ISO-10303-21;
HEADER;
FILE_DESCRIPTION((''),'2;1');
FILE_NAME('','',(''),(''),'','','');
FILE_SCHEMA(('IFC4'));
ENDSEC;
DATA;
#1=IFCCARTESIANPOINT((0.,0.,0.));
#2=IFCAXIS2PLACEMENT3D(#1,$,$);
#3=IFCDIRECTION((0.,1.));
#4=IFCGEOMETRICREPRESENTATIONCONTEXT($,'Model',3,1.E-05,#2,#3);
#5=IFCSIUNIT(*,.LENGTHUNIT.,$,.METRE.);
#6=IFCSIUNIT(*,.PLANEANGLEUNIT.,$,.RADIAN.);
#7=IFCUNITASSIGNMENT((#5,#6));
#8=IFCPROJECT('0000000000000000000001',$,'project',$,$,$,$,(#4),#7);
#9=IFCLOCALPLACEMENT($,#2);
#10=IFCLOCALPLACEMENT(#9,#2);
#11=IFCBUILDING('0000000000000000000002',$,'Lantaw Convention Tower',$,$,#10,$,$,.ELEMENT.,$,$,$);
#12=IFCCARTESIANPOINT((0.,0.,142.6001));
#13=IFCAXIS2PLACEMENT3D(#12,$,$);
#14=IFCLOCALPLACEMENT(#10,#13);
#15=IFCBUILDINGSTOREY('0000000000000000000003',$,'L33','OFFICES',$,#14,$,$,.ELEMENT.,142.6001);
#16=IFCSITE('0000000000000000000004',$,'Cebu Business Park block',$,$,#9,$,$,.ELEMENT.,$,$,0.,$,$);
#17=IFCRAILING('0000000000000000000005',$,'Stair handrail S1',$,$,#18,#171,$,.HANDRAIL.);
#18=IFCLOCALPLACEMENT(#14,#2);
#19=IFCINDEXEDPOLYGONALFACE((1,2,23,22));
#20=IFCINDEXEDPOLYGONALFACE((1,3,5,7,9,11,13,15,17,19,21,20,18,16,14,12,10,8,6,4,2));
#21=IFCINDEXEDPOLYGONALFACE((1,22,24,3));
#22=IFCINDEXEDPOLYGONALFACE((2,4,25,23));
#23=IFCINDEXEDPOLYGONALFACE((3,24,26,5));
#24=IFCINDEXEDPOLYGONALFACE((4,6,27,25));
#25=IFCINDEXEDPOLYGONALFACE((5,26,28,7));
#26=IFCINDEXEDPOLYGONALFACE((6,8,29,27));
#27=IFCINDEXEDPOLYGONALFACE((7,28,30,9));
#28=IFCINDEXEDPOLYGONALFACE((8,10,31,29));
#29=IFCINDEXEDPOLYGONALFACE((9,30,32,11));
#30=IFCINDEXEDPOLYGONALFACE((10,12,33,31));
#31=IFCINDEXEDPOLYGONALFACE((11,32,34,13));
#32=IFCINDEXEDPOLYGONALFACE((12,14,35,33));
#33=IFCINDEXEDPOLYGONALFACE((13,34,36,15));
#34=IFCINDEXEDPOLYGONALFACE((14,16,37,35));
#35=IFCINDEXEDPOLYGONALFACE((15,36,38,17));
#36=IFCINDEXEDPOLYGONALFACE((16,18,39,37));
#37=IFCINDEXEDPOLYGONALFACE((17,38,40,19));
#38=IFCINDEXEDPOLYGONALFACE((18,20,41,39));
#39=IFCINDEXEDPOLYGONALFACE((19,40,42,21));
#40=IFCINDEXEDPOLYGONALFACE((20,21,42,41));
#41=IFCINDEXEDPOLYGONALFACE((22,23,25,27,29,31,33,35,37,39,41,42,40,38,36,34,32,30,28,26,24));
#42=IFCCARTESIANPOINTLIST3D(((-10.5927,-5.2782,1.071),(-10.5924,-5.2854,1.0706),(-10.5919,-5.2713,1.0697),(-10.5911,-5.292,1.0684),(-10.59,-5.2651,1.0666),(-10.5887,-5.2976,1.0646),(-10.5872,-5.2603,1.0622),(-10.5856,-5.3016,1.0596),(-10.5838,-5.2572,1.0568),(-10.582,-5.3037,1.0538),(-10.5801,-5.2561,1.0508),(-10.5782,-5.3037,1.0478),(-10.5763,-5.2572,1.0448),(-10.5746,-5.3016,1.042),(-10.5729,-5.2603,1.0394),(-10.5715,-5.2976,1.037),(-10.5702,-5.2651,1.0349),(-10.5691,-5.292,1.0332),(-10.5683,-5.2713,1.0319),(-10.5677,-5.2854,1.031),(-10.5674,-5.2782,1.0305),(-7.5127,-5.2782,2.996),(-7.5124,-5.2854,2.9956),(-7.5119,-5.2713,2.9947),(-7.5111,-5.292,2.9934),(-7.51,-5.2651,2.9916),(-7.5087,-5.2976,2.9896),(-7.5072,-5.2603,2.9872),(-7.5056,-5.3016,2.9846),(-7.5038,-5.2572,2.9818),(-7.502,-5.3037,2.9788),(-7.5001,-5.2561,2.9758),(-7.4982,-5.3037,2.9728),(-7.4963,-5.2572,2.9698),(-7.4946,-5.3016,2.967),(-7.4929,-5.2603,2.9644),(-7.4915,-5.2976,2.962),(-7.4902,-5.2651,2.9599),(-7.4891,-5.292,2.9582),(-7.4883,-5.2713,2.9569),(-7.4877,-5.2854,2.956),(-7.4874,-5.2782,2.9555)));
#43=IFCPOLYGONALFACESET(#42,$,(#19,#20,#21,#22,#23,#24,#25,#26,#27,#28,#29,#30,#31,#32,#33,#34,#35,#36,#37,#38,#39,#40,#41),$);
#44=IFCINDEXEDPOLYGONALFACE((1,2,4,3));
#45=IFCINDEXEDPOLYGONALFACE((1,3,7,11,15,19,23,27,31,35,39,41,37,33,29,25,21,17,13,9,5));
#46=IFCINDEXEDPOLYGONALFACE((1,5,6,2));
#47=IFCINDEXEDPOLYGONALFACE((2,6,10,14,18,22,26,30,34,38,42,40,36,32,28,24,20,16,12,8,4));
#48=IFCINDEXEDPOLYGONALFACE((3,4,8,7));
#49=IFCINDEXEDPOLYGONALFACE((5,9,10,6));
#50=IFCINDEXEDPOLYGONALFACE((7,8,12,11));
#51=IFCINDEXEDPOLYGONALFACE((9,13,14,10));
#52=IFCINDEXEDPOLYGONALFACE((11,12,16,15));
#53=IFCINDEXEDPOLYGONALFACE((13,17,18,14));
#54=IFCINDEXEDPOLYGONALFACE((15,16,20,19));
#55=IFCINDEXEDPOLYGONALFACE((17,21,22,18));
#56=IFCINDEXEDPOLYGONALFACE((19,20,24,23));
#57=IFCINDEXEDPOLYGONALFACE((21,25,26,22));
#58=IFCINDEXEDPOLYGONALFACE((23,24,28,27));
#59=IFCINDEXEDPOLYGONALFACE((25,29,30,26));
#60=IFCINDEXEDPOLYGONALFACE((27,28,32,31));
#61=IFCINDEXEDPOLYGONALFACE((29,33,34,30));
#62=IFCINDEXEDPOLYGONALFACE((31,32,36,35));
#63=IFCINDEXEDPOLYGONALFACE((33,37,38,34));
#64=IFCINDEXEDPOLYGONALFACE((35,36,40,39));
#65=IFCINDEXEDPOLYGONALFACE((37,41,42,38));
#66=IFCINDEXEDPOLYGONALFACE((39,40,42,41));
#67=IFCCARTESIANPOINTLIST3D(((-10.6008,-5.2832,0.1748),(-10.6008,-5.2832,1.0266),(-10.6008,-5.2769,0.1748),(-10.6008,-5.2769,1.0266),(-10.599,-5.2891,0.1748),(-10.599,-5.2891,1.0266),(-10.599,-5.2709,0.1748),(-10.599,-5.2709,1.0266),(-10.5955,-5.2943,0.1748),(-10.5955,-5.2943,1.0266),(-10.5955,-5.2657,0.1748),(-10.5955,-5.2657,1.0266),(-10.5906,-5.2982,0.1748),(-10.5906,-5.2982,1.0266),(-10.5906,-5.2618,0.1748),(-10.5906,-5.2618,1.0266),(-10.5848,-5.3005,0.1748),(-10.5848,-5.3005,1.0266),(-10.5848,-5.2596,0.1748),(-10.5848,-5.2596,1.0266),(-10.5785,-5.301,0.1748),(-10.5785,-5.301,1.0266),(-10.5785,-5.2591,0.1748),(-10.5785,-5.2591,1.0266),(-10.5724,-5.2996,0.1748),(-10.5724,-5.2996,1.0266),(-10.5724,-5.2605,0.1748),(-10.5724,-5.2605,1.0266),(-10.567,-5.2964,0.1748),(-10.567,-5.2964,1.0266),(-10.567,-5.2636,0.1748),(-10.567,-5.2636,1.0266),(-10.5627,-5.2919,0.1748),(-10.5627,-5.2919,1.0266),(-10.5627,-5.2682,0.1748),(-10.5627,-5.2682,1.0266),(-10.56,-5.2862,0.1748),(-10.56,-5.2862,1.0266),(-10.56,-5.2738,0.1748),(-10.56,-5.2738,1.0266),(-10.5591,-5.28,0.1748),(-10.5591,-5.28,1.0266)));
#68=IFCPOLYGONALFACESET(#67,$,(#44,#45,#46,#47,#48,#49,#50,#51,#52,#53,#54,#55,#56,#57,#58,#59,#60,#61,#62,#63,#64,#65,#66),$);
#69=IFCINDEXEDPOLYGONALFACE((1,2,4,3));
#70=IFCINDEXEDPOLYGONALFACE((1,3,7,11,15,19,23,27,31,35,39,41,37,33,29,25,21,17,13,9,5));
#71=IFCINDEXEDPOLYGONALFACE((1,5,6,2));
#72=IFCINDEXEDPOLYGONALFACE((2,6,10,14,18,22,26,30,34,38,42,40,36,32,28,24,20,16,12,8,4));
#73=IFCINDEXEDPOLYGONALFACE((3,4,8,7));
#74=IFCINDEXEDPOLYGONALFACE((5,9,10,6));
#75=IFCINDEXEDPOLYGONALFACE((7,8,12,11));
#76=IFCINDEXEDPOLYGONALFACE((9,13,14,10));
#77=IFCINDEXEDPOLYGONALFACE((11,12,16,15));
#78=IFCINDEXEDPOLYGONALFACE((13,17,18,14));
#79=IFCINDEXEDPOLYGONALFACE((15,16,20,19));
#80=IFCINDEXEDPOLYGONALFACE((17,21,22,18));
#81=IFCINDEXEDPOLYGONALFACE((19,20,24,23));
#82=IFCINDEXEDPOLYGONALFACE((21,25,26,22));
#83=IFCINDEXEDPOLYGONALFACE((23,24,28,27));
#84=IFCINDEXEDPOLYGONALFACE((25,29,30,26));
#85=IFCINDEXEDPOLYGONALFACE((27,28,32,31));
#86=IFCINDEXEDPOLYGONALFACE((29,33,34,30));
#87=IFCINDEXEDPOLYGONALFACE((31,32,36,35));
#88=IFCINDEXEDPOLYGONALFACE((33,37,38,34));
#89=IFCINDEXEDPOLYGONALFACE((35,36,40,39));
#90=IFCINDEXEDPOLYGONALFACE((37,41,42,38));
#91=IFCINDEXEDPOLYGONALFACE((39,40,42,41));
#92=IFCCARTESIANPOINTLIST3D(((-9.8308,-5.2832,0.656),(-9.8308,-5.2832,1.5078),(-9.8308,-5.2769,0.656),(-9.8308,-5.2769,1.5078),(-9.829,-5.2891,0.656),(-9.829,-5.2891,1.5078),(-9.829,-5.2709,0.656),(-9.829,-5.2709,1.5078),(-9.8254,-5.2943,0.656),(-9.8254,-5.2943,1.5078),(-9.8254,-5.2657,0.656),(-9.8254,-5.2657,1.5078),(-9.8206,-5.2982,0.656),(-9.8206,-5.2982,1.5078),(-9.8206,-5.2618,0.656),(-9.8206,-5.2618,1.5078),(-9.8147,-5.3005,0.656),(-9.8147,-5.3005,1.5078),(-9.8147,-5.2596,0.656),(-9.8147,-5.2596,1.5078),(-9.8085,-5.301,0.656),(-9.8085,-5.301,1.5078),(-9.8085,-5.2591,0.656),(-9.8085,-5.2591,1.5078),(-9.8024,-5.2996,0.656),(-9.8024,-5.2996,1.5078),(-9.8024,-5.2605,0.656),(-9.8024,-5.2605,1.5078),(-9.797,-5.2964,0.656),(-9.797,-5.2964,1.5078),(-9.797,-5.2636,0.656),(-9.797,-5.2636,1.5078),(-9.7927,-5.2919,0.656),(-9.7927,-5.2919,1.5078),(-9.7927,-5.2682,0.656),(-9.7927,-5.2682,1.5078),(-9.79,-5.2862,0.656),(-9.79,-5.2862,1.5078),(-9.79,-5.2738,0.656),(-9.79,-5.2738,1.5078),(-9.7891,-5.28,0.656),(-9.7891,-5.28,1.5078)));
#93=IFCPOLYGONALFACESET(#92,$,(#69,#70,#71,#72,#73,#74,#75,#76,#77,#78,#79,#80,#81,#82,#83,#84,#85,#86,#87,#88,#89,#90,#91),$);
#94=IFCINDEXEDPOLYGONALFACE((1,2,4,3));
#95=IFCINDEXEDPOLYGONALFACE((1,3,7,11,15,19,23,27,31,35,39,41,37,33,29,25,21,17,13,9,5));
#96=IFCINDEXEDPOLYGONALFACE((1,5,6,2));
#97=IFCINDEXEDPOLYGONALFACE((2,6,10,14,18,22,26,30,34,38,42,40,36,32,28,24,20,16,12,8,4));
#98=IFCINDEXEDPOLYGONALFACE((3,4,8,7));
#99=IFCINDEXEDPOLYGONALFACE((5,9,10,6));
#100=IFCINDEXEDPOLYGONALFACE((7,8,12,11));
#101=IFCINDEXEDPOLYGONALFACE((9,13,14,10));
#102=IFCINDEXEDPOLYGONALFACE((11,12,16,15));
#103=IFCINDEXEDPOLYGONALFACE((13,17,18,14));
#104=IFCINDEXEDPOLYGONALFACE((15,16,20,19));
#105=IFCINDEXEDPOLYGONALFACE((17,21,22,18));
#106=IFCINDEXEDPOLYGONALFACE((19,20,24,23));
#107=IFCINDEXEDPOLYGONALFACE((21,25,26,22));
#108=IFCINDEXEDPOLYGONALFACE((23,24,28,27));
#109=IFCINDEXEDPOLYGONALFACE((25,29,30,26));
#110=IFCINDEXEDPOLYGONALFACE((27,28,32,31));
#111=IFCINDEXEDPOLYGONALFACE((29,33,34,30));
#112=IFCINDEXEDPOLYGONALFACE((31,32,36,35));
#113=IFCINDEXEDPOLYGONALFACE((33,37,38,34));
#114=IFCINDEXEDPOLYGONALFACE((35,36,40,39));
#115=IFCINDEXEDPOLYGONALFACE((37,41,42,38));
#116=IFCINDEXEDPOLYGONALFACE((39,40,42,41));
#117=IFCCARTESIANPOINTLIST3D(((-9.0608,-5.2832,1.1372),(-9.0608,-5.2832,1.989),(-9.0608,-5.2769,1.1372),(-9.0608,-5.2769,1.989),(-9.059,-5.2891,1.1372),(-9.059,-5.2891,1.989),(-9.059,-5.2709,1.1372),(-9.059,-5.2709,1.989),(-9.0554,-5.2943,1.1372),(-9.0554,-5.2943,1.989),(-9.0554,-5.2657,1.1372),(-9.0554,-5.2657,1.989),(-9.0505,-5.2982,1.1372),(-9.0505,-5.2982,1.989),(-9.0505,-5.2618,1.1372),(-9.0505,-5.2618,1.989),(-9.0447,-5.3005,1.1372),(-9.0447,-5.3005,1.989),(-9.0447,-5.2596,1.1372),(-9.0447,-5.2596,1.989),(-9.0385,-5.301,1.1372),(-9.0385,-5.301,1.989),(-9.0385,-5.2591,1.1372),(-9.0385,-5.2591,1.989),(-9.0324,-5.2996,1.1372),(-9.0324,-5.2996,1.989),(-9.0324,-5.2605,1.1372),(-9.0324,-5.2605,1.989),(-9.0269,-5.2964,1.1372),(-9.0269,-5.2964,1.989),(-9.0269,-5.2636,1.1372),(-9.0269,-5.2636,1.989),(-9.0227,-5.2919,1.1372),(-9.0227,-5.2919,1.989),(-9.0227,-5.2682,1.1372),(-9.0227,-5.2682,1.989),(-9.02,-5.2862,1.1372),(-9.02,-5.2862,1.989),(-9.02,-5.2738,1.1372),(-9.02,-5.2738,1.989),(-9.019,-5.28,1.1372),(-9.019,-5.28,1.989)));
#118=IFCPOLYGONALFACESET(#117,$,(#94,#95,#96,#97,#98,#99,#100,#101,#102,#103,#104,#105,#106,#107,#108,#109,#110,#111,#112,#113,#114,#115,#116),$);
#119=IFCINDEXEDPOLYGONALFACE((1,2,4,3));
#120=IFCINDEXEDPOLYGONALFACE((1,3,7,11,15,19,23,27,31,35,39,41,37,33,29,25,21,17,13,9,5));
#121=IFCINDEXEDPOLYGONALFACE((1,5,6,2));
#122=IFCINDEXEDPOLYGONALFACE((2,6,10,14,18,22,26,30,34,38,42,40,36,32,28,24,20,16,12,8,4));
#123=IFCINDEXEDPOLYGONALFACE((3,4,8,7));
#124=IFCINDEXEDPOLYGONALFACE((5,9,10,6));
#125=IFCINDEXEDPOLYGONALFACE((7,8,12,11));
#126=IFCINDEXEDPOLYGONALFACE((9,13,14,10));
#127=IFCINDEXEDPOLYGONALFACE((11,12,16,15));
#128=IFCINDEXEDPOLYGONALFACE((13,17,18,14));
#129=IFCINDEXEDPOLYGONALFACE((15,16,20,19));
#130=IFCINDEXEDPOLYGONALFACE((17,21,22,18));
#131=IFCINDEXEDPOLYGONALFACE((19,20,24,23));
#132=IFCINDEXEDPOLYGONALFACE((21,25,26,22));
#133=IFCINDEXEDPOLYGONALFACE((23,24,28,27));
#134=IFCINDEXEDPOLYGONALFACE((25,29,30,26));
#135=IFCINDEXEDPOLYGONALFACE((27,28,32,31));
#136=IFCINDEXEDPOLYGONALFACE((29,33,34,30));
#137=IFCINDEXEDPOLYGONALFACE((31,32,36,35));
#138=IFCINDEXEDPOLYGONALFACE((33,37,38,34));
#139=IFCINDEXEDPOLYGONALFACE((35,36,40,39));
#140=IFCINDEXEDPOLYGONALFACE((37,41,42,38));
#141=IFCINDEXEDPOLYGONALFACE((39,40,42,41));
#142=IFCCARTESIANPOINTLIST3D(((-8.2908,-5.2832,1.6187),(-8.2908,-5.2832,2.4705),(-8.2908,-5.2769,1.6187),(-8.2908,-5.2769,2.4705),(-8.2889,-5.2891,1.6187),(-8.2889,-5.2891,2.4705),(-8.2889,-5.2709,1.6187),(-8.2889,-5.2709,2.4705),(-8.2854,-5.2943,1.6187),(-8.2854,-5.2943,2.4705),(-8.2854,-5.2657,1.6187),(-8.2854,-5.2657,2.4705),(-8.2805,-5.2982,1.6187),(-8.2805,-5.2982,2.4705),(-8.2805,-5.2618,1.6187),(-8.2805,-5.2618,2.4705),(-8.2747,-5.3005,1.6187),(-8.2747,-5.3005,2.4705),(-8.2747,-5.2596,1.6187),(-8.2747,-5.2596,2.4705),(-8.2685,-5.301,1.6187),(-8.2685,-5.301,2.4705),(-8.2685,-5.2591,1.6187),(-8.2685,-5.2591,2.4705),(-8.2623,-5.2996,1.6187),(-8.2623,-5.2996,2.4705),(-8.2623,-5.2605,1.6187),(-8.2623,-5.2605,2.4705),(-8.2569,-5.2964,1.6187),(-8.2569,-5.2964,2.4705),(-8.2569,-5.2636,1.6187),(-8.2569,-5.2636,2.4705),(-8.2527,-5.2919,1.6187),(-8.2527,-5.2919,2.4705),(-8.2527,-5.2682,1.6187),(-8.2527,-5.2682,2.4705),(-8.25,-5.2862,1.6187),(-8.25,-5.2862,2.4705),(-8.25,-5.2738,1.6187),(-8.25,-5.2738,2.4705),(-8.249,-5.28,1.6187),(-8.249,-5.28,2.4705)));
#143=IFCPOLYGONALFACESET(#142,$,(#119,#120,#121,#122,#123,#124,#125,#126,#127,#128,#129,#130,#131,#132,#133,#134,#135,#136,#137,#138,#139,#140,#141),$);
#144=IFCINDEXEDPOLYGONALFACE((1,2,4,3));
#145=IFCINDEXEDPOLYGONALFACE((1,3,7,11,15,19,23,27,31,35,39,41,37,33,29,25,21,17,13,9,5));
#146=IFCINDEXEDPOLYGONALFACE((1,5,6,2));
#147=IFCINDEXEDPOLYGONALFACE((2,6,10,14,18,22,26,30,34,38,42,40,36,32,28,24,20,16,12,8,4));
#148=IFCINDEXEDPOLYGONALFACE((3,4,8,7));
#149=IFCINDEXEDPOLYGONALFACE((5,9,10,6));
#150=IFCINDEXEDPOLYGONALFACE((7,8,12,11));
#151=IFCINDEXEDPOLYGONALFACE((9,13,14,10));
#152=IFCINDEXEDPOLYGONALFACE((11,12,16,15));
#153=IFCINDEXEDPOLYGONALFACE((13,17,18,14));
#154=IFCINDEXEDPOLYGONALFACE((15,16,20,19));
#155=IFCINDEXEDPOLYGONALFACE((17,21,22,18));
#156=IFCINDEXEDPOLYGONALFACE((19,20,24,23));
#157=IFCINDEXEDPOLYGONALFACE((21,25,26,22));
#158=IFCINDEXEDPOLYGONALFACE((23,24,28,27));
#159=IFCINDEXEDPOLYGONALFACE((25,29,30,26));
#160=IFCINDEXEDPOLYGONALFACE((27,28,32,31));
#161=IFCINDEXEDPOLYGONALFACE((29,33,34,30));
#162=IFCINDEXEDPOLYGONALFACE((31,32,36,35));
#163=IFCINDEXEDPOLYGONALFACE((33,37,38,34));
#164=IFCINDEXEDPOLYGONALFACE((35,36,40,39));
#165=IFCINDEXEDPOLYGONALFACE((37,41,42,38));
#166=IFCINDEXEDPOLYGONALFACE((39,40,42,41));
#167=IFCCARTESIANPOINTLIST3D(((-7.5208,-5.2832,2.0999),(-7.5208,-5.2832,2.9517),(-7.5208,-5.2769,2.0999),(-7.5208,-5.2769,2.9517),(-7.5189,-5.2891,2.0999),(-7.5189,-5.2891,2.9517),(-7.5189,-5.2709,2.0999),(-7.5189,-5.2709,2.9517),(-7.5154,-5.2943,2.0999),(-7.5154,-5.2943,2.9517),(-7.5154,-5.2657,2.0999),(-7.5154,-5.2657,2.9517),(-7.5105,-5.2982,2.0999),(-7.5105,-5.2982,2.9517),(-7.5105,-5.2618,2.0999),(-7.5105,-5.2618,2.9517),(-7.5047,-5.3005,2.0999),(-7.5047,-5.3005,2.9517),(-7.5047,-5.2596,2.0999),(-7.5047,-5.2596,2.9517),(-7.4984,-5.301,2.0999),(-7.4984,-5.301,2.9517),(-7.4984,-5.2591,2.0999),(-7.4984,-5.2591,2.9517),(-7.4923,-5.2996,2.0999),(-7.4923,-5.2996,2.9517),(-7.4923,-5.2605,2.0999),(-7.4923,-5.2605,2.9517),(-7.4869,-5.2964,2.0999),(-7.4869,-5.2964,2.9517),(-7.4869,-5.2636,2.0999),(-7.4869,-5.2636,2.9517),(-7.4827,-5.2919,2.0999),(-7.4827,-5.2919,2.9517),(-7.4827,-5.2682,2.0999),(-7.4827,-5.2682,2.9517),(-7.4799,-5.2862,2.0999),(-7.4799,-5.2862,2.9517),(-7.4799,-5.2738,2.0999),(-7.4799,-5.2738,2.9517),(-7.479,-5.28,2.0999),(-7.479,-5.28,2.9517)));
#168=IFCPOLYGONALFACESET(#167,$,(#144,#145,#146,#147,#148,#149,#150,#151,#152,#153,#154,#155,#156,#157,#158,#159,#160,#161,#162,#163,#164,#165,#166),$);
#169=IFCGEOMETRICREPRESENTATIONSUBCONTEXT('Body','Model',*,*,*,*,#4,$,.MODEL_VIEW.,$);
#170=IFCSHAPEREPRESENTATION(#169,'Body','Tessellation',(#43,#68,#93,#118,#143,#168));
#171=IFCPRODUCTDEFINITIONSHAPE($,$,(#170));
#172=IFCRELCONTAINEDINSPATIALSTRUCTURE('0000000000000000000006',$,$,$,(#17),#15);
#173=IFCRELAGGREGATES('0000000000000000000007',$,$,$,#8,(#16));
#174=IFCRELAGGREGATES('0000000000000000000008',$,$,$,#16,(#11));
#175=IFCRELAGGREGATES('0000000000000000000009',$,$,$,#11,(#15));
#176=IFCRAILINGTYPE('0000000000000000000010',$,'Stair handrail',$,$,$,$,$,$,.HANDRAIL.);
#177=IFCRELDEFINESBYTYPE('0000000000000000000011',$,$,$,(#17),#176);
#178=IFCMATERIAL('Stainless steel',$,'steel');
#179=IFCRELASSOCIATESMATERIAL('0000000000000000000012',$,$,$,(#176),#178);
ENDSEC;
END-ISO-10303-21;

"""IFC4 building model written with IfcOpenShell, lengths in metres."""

from ifc_helpers import new_model, si_unit, direction, frame, origin, origin_2d, place, context, subcontext, project, spatial, circle, extrude, material, type_object, element, save


model = new_model("IFC4")

# Units and contexts
model_context = context("Model", 3, precision=1e-05, world=origin(), true_north=direction((0.0, 1.0)))
body_context = subcontext(model_context, "Body", "Model", "MODEL_VIEW")
ifc_project = project(units=[si_unit("LENGTHUNIT", "METRE"), si_unit("PLANEANGLEUNIT", "RADIAN")], contexts=[model_context])

# Site, building, storey
site_placement = place(None, origin())
site = spatial("IfcSite", under=ifc_project, at=site_placement, Name="Cebu Business Park block", CompositionType="ELEMENT", RefElevation=0.0)
building_placement = place(site_placement, origin())
building = spatial("IfcBuilding", under=site, at=building_placement, Name="Lantaw Convention Tower", CompositionType="ELEMENT")
storey_placement = place(building_placement, frame((0.0, 0.0, 142.6001)))
storey = spatial("IfcBuildingStorey", under=building, at=storey_placement, Name="L33", Description="OFFICES", CompositionType="ELEMENT", Elevation=142.6001)

# Railing
ifc_material_1 = material(Name="Stainless steel", Category="steel")
railing_type = type_object("IfcRailingType", Name="Stair handrail", PredefinedType="HANDRAIL", material=ifc_material_1)
railing_1_placement = place(storey_placement, frame((-10.5801, -5.28, 0.1748)))
element("IfcRailing", 1, at=railing_1_placement, inside=storey, type_object=railing_type, Name="Stair handrail S1", PredefinedType="HANDRAIL", context=body_context, shape_type="SweptSolid", body=[
    extrude(circle(Radius=0.0239, at=origin_2d()), frame((0.0, 0.0, 0.876), z_axis=(0.847998, 0.0, 0.529999), x_axis=(0.0, 1.0, 0.0)), (0.0, 0.0, 1.0), 3.6321),
    extrude(circle(Radius=0.021, at=origin_2d()), origin(), (0.0, 0.0, 1.0), 0.8518),
    extrude(circle(Radius=0.021, at=origin_2d()), frame((0.77, 0.0, 0.4812)), (0.0, 0.0, 1.0), 0.8518),
    extrude(circle(Radius=0.021, at=origin_2d()), frame((1.54, 0.0, 0.9624)), (0.0, 0.0, 1.0), 0.8518),
    extrude(circle(Radius=0.021, at=origin_2d()), frame((2.3101, 0.0, 1.4438)), (0.0, 0.0, 1.0), 0.8518),
    extrude(circle(Radius=0.021, at=origin_2d()), frame((3.0801, 0.0, 1.925)), (0.0, 0.0, 1.0), 0.8518),
])

save(model, "model.ifc")
